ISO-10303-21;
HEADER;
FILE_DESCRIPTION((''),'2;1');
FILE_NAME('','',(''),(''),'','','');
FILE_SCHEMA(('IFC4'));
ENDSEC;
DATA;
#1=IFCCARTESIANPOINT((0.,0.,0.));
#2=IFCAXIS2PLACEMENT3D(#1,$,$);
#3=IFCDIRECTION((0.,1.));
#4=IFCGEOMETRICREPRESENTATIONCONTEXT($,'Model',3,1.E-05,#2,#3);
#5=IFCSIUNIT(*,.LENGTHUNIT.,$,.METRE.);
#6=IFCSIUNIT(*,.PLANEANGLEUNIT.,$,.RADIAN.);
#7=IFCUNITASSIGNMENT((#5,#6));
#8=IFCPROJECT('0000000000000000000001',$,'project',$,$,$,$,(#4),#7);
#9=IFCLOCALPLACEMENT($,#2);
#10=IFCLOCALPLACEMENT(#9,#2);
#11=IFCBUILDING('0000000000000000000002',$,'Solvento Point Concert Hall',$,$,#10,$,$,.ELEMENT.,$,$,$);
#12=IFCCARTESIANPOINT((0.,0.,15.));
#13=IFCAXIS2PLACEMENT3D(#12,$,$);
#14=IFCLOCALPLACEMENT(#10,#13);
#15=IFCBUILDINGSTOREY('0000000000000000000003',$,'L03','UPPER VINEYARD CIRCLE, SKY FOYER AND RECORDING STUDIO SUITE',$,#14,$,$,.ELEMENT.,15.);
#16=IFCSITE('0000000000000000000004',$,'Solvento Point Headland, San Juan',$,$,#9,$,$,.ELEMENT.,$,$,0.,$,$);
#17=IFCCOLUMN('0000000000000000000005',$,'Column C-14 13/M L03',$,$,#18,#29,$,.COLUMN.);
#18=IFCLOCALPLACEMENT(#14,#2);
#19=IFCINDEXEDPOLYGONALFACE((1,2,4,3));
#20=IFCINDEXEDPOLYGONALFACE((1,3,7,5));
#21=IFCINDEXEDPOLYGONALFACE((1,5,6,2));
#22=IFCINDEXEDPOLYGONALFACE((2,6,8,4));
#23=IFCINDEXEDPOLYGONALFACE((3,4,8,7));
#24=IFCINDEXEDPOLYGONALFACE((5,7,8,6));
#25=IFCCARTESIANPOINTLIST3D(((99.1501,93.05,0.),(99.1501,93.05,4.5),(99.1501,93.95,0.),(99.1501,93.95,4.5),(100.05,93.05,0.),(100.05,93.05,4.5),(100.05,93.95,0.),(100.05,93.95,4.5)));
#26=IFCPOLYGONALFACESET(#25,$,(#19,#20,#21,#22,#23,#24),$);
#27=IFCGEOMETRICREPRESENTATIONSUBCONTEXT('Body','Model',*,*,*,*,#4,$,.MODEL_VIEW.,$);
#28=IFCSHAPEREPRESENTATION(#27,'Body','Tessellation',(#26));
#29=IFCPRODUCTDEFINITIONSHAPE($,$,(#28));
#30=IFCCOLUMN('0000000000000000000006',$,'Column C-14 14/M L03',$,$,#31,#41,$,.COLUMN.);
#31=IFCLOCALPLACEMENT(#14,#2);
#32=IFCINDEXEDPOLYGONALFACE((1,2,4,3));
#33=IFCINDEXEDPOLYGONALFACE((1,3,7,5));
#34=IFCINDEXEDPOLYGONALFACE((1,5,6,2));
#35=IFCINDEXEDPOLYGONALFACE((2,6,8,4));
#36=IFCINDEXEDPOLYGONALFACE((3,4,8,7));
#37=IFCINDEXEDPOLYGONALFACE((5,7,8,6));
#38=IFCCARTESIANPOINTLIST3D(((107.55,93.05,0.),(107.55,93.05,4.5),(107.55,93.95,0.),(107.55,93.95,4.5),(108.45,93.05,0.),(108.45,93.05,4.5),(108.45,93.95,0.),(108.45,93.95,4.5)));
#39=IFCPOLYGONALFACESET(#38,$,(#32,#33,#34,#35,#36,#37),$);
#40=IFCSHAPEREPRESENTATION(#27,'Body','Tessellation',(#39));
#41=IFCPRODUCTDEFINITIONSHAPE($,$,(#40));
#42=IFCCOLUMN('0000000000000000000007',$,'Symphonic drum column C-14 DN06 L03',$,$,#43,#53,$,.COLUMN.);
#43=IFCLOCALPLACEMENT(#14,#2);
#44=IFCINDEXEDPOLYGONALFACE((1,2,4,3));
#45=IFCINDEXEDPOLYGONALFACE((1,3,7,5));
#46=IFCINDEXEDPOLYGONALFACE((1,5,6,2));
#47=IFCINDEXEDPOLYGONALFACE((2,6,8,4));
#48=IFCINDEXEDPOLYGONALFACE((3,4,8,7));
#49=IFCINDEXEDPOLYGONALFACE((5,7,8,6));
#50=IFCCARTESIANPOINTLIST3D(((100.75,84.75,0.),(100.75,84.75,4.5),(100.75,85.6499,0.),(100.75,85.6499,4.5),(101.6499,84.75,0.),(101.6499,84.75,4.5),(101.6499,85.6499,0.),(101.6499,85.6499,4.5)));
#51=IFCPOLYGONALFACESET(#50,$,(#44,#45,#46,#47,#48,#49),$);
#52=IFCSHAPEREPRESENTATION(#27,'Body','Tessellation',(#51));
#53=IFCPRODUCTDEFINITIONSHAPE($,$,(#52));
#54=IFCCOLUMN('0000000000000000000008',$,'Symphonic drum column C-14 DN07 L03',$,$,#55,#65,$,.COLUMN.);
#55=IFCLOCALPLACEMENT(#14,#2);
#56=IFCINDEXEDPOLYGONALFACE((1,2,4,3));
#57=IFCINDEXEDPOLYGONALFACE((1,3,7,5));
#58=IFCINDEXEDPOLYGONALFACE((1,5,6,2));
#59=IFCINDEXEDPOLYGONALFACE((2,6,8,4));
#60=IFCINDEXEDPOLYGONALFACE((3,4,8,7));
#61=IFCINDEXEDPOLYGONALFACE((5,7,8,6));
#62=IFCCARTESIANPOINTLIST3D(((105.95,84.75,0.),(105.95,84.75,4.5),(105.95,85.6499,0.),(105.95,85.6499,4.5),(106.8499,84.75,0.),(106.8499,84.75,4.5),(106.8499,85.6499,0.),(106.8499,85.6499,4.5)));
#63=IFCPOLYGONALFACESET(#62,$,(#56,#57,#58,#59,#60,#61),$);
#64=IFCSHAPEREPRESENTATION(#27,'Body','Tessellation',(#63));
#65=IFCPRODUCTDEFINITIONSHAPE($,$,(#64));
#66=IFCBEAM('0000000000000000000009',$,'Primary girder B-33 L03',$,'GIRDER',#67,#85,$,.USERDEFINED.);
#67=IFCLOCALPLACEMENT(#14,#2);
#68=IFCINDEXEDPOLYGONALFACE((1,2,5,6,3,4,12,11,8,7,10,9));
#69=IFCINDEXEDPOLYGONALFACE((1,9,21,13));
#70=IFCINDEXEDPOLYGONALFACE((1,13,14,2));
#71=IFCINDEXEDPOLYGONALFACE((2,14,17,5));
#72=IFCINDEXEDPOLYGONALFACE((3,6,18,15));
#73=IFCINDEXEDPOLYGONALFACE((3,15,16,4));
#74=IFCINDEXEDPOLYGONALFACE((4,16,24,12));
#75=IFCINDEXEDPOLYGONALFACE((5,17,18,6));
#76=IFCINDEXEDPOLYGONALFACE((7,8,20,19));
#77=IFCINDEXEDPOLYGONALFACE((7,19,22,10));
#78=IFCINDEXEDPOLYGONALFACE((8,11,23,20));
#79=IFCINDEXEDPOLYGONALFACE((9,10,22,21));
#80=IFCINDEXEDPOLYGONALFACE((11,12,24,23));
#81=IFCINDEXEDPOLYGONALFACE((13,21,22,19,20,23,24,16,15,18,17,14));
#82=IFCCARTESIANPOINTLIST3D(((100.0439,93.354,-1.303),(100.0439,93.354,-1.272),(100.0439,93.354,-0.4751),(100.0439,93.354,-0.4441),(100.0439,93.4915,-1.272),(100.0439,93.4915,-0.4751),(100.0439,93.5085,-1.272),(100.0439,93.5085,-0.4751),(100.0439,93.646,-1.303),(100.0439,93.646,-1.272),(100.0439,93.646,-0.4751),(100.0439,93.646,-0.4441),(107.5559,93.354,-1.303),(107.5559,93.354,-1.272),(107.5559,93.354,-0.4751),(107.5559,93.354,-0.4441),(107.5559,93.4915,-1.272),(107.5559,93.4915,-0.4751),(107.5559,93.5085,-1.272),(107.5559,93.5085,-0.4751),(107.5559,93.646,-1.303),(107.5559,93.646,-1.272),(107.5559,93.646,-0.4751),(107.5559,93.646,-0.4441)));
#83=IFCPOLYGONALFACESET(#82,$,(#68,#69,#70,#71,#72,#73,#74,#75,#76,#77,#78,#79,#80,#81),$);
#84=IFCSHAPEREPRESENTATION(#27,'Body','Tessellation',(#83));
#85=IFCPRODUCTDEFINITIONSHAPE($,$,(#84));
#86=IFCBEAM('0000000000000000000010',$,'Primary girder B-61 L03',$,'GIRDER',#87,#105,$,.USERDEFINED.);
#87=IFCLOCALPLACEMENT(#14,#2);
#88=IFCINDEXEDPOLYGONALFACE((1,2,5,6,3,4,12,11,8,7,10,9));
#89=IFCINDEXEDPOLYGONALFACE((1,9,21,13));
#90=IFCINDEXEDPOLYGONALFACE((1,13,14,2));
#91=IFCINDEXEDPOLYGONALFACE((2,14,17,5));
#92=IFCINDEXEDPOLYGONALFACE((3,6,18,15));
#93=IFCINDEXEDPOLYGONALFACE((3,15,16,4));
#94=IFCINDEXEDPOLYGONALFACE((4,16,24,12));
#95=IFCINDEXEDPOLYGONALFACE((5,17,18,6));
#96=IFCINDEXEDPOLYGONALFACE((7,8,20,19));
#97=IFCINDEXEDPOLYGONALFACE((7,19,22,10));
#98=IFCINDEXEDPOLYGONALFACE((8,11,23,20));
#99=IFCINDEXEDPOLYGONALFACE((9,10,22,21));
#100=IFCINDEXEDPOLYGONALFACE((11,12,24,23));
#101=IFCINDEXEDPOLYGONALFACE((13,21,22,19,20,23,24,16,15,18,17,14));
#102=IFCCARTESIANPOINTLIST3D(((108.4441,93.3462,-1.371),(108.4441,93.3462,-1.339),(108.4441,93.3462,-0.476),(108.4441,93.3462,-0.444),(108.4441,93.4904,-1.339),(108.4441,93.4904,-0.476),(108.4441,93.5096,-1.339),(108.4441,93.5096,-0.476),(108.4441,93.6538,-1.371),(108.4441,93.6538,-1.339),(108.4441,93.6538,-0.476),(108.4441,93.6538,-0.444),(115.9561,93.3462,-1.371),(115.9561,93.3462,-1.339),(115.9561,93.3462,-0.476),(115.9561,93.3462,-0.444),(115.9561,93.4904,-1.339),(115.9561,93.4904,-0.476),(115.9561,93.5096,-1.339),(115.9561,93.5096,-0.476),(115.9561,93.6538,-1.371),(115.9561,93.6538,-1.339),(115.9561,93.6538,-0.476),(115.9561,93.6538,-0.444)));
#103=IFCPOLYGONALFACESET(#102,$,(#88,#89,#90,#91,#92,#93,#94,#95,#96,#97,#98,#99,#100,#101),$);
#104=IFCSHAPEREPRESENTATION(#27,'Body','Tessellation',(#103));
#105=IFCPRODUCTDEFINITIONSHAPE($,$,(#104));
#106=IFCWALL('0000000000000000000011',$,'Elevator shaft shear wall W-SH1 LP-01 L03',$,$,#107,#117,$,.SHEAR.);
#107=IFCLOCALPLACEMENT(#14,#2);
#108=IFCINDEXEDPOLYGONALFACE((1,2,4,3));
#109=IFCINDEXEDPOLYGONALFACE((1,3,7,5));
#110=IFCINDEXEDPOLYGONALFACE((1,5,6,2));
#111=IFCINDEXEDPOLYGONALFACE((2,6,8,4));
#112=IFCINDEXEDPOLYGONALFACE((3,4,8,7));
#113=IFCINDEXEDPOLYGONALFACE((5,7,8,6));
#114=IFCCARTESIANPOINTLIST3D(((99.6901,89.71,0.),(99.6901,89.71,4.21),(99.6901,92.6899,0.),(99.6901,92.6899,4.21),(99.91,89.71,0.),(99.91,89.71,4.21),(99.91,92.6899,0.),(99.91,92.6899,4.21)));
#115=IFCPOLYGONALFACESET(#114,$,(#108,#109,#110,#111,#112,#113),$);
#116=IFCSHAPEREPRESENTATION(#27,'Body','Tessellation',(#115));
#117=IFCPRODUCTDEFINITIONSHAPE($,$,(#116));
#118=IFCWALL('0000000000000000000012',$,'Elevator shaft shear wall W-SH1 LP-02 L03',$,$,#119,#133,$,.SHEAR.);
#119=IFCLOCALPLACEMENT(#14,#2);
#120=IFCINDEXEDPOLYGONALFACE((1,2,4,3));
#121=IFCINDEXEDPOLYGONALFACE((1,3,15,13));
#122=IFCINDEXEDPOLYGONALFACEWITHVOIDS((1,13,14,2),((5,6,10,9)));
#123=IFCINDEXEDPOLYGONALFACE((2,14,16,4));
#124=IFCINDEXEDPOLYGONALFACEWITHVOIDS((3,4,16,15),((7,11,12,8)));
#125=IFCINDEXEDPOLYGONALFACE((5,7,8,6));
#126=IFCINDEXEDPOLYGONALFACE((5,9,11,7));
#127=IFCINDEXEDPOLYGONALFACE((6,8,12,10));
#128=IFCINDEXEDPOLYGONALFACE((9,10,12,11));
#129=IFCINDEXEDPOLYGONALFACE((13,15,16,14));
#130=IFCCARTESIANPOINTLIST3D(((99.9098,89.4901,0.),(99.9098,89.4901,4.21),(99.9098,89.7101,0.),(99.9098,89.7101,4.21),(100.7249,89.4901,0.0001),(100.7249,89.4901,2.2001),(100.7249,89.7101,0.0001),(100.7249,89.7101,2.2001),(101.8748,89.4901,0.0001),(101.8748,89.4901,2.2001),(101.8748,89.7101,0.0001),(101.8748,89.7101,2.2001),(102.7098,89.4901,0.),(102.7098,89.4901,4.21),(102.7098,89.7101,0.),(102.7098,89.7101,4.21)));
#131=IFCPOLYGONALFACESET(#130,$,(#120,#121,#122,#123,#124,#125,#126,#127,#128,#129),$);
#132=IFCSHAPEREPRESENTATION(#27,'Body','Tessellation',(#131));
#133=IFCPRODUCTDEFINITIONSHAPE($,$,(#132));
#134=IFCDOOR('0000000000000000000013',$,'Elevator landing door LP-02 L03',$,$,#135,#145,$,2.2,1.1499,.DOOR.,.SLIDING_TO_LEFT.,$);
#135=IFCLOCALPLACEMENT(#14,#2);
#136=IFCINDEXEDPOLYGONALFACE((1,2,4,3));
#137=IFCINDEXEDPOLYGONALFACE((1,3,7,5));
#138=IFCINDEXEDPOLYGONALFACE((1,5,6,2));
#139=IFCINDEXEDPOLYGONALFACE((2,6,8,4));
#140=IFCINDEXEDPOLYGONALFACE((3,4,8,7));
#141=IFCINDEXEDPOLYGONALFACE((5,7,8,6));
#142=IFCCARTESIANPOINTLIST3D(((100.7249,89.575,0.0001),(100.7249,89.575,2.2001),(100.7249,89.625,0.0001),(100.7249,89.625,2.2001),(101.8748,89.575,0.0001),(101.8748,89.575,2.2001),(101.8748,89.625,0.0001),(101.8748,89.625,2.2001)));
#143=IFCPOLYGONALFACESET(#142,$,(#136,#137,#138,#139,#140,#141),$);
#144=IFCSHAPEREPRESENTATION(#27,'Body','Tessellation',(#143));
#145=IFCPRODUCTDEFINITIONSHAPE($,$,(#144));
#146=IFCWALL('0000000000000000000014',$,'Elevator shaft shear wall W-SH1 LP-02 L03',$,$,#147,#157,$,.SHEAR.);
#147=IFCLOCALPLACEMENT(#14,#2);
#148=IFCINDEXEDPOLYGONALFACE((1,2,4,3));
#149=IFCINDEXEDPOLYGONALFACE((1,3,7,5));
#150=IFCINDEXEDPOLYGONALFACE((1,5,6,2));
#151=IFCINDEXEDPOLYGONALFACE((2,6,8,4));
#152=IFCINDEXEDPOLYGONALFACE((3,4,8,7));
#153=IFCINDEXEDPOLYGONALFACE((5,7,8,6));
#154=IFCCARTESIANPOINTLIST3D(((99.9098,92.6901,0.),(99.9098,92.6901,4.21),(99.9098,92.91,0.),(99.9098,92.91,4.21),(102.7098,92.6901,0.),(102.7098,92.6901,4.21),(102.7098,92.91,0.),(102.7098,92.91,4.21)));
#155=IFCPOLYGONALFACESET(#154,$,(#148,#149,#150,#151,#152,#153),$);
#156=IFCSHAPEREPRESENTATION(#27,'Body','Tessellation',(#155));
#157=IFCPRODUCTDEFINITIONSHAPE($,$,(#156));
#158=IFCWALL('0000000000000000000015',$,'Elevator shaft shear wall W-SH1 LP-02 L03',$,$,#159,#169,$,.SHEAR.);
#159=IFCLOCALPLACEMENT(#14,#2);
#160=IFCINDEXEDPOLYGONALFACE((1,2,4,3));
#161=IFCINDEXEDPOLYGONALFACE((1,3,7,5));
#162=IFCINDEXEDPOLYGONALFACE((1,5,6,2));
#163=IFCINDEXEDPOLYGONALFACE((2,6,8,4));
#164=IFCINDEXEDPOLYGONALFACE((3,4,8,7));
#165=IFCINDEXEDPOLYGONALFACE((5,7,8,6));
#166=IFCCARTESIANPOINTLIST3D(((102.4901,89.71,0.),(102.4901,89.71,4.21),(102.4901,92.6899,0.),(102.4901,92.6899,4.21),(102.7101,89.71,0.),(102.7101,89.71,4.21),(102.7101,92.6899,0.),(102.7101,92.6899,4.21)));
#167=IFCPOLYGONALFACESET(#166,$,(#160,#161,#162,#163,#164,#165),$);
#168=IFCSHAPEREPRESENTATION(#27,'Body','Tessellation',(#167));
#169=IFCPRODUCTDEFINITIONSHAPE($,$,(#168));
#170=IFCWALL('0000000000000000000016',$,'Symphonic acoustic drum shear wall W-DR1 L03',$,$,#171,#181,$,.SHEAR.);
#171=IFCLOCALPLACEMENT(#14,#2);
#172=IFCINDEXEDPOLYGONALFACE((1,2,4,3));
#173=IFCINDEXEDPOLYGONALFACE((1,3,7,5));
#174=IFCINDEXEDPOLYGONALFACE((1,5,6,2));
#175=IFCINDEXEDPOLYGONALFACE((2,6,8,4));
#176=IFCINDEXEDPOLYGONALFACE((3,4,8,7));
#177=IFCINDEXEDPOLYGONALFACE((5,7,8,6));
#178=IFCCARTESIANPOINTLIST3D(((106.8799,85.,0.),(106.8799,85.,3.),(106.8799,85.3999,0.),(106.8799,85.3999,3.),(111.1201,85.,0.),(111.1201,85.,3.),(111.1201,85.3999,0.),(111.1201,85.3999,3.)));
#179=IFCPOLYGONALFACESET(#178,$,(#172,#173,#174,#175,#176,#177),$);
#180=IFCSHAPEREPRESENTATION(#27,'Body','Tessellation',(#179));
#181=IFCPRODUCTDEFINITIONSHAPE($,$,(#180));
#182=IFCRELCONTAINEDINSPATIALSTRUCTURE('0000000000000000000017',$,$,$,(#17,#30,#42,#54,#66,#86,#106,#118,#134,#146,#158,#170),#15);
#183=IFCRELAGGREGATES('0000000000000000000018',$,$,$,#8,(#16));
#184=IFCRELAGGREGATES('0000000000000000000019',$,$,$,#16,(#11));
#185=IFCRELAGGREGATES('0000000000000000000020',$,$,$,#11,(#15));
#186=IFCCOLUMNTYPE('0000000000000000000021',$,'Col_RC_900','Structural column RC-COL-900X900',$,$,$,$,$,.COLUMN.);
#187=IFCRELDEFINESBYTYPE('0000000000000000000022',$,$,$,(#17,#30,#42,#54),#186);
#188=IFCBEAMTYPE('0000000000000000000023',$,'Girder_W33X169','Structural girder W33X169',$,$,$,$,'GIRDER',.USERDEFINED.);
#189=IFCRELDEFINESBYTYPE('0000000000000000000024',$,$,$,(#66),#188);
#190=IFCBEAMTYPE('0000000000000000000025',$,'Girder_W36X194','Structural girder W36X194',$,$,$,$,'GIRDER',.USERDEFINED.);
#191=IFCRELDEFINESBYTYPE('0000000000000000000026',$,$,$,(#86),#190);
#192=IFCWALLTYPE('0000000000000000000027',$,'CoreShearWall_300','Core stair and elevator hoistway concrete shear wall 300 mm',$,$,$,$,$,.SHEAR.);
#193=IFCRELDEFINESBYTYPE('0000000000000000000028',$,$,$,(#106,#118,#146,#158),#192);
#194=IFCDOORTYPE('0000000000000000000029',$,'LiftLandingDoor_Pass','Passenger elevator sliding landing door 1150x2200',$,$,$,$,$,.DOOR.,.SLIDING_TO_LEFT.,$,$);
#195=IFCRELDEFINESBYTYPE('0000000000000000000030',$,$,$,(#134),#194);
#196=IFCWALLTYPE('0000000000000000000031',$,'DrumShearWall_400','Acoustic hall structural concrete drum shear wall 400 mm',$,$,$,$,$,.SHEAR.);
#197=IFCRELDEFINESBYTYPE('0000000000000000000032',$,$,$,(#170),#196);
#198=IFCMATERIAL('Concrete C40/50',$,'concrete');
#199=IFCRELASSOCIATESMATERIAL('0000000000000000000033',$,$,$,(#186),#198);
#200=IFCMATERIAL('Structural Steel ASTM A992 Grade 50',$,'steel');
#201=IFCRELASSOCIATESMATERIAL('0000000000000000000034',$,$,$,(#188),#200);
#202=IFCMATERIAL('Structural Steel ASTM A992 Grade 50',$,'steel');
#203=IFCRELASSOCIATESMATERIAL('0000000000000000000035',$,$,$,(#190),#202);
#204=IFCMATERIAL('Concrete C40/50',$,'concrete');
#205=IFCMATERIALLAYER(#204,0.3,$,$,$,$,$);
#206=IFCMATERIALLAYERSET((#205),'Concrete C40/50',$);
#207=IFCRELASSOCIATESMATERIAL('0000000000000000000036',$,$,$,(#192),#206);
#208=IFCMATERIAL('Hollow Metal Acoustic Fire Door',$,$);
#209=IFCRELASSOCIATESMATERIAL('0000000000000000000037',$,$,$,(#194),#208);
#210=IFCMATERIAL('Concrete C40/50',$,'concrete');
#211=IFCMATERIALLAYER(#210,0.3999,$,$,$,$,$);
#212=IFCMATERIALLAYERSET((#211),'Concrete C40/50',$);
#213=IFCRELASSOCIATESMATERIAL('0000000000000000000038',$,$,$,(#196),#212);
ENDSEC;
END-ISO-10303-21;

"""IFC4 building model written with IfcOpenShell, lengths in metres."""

from ifc_helpers import new_model, si_unit, direction, frame, frame_2d, origin, origin_2d, place, context, subcontext, project, spatial, rectangle, i_section, extrude, material, layer, layer_set, material_profile, profile_set, type_object, element, fill, save


model = new_model("IFC4")

# Units and contexts
model_context = context("Model", 3, precision=1e-05, world=origin(), true_north=direction((0.0, 1.0)))
body_context = subcontext(model_context, "Body", "Model", "MODEL_VIEW")
ifc_project = project(units=[si_unit("LENGTHUNIT", "METRE"), si_unit("PLANEANGLEUNIT", "RADIAN")], contexts=[model_context])

# Site, building, storey
site_placement = place(None, origin())
site = spatial("IfcSite", under=ifc_project, at=site_placement, Name="Solvento Point Headland, San Juan", CompositionType="ELEMENT", RefElevation=0.0)
building_placement = place(site_placement, origin())
building = spatial("IfcBuilding", under=site, at=building_placement, Name="Solvento Point Concert Hall", CompositionType="ELEMENT")
storey_placement = place(building_placement, frame((0.0, 0.0, 15.0)))
storey = spatial("IfcBuildingStorey", under=building, at=storey_placement, Name="L03", Description="UPPER VINEYARD CIRCLE, SKY FOYER AND RECORDING STUDIO SUITE", CompositionType="ELEMENT", Elevation=15.0)

# Columns
ifc_material_1 = material(Name="Concrete C40/50", Category="concrete")
ifc_material_profile_1 = material_profile(ifc_material_1, rectangle(XDim=0.8999, YDim=0.8999, at=origin_2d()), Name="RC-COL-900X900")
ifc_profile_set_1 = profile_set([ifc_material_profile_1], Name="Concrete C40/50")
column_type = type_object("IfcColumnType", Name="Col_RC_900", Description="Structural column RC-COL-900X900", PredefinedType="COLUMN", material=ifc_profile_set_1)
for number, where, z_axis, x_axis, name in (
    (1, (99.6001, 93.5, 0.0), (0.0, 0.0, 1.0), (1.0, 0.0, 0.0), "Column C-14 13/M L03"),
    (2, (108.0, 93.5, 0.0), (0.0, 0.0, 1.0), (1.0, 0.0, 0.0), "Column C-14 14/M L03"),
    (3, (101.2, 85.2, 0.0), (0.0, 0.0, 1.0), (1.0, 0.0, 0.0), "Symphonic drum column C-14 DN06 L03"),
    (4, (106.3999, 85.2, 0.0), (0.0, 0.0, 1.0), (1.0, 0.0, 0.0), "Symphonic drum column C-14 DN07 L03"),
):
    element("IfcColumn", number, at=place(storey_placement, frame(where, z_axis=z_axis, x_axis=x_axis)), inside=storey, type_object=column_type, Name=name, PredefinedType="COLUMN", context=body_context, shape_type="SweptSolid", body=[
        extrude(rectangle(XDim=0.8999, YDim=0.8999, at=origin_2d()), origin(), (0.0, 0.0, 1.0), 4.5),
    ])

# Beams
ifc_material_2 = material(Name="Structural Steel ASTM A992 Grade 50", Category="steel")
ifc_material_profile_2 = material_profile(ifc_material_2, i_section(OverallWidth=0.292, OverallDepth=0.8589, WebThickness=0.0171, FlangeThickness=0.031, at=origin_2d()), Name="W33X169")
ifc_profile_set_2 = profile_set([ifc_material_profile_2], Name="Structural Steel ASTM A992 Grade 50")
beam_type_1 = type_object("IfcBeamType", Name="Girder_W33X169", Description="Structural girder W33X169", ElementType="GIRDER", PredefinedType="USERDEFINED", material=ifc_profile_set_2)
beam_1_placement = place(storey_placement, frame((100.0439, 93.5, -0.8735), z_axis=(1.0, 0.0, 0.0), x_axis=(0.0, 1.0, 0.0)))
element("IfcBeam", 5, at=beam_1_placement, inside=storey, type_object=beam_type_1, Name="Primary girder B-33 L03", ObjectType="GIRDER", PredefinedType="USERDEFINED", context=body_context, shape_type="SweptSolid", body=[
    extrude(i_section(OverallWidth=0.292, OverallDepth=0.8589, WebThickness=0.0171, FlangeThickness=0.031, at=origin_2d()), origin(), (0.0, 0.0, 1.0), 7.512),
])
ifc_material_3 = material(Name="Structural Steel ASTM A992 Grade 50", Category="steel")
ifc_material_profile_3 = material_profile(ifc_material_3, i_section(OverallWidth=0.3076, OverallDepth=0.927, WebThickness=0.0193, FlangeThickness=0.032, at=origin_2d()), Name="W36X194")
ifc_profile_set_3 = profile_set([ifc_material_profile_3], Name="Structural Steel ASTM A992 Grade 50")
beam_type_2 = type_object("IfcBeamType", Name="Girder_W36X194", Description="Structural girder W36X194", ElementType="GIRDER", PredefinedType="USERDEFINED", material=ifc_profile_set_3)
beam_2_placement = place(storey_placement, frame((108.4441, 93.5, -0.9075), z_axis=(1.0, 0.0, 0.0), x_axis=(0.0, 1.0, 0.0)))
element("IfcBeam", 6, at=beam_2_placement, inside=storey, type_object=beam_type_2, Name="Primary girder B-61 L03", ObjectType="GIRDER", PredefinedType="USERDEFINED", context=body_context, shape_type="SweptSolid", body=[
    extrude(i_section(OverallWidth=0.3076, OverallDepth=0.927, WebThickness=0.0193, FlangeThickness=0.032, at=origin_2d()), origin(), (0.0, 0.0, 1.0), 7.512),
])

# Wall
ifc_material_4 = material(Name="Concrete C40/50", Category="concrete")
ifc_layer_1 = layer(ifc_material_4, 0.3)
ifc_layer_set_1 = layer_set([ifc_layer_1], Name="Concrete C40/50")
wall_type_1 = type_object("IfcWallType", Name="CoreShearWall_300", Description="Core stair and elevator hoistway concrete shear wall 300 mm", PredefinedType="SHEAR", material=ifc_layer_set_1)
wall_1_placement = place(storey_placement, frame((99.8, 89.71, 0.0), z_axis=(0.0, 0.0, 1.0), x_axis=(0.0, 1.0, 0.0)))
element("IfcWall", 7, at=wall_1_placement, inside=storey, type_object=wall_type_1, Name="Elevator shaft shear wall W-SH1 LP-01 L03", PredefinedType="SHEAR", context=body_context, shape_type="SweptSolid", body=[
    extrude(rectangle(XDim=2.98, YDim=0.22, at=frame_2d((1.49, 0.0))), origin(), (0.0, 0.0, 1.0), 4.21),
])

# Wall, opening, door
wall_2_placement = place(storey_placement, frame((99.9099, 89.6001, 0.0), z_axis=(0.0, 0.0, 1.0), x_axis=(1.0, 0.0, 0.0)))
wall_2 = element("IfcWall", 8, at=wall_2_placement, inside=storey, type_object=wall_type_1, Name="Elevator shaft shear wall W-SH1 LP-02 L03", PredefinedType="SHEAR", context=body_context, shape_type="SweptSolid", body=[
    extrude(rectangle(XDim=2.8, YDim=0.22, at=frame_2d((1.3999, 0.0))), origin(), (0.0, 0.0, 1.0), 4.21),
])
opening_1_placement = place(wall_2_placement, frame((0.8149, 0.0, 0.0)))
opening_1 = element("IfcOpeningElement", 9, at=opening_1_placement, cuts=wall_2, PredefinedType="OPENING", context=body_context, shape_type="SweptSolid", body=[
    extrude(rectangle(XDim=1.1499, YDim=2.2, at=frame_2d((0.575, 1.1001))), frame((0.0, 0.1199, 0.0), z_axis=(0.0, -1.0, 0.0), x_axis=(1.0, 0.0, 0.0)), (0.0, 0.0, 1.0), 0.24),
])
ifc_material_5 = material(Name="Hollow Metal Acoustic Fire Door")
door_type = type_object("IfcDoorType", Name="LiftLandingDoor_Pass", Description="Passenger elevator sliding landing door 1150x2200", OperationType="SLIDING_TO_LEFT", PredefinedType="DOOR", material=ifc_material_5)
door_placement = place(opening_1_placement, origin())
door = element("IfcDoor", 10, at=door_placement, inside=storey, type_object=door_type, Name="Elevator landing door LP-02 L03", OperationType="SLIDING_TO_LEFT", OverallHeight=2.2, OverallWidth=1.1499, PredefinedType="DOOR", context=body_context, shape_type="SweptSolid", body=[
    extrude(rectangle(XDim=1.1499, YDim=2.2, at=frame_2d((0.575, 1.1001))), frame((0.0, 0.0249, 0.0), z_axis=(0.0, -1.0, 0.0), x_axis=(1.0, 0.0, 0.0)), (0.0, 0.0, 1.0), 0.05),
])
fill(opening_1, door)

# Walls
wall_3_placement = place(storey_placement, frame((99.9099, 92.8, 0.0), z_axis=(0.0, 0.0, 1.0), x_axis=(1.0, 0.0, 0.0)))
element("IfcWall", 11, at=wall_3_placement, inside=storey, type_object=wall_type_1, Name="Elevator shaft shear wall W-SH1 LP-02 L03", PredefinedType="SHEAR", context=body_context, shape_type="SweptSolid", body=[
    extrude(rectangle(XDim=2.8, YDim=0.22, at=frame_2d((1.3999, 0.0))), origin(), (0.0, 0.0, 1.0), 4.21),
])
wall_4_placement = place(storey_placement, frame((102.6001, 89.71, 0.0), z_axis=(0.0, 0.0, 1.0), x_axis=(0.0, 1.0, 0.0)))
element("IfcWall", 12, at=wall_4_placement, inside=storey, type_object=wall_type_1, Name="Elevator shaft shear wall W-SH1 LP-02 L03", PredefinedType="SHEAR", context=body_context, shape_type="SweptSolid", body=[
    extrude(rectangle(XDim=2.98, YDim=0.22, at=frame_2d((1.49, 0.0))), origin(), (0.0, 0.0, 1.0), 4.21),
])
ifc_material_6 = material(Name="Concrete C40/50", Category="concrete")
ifc_layer_2 = layer(ifc_material_6, 0.3999)
ifc_layer_set_2 = layer_set([ifc_layer_2], Name="Concrete C40/50")
wall_type_2 = type_object("IfcWallType", Name="DrumShearWall_400", Description="Acoustic hall structural concrete drum shear wall 400 mm", PredefinedType="SHEAR", material=ifc_layer_set_2)
wall_5_placement = place(storey_placement, frame((106.8799, 85.2, 0.0), z_axis=(0.0, 0.0, 1.0), x_axis=(1.0, 0.0, 0.0)))
element("IfcWall", 13, at=wall_5_placement, inside=storey, type_object=wall_type_2, Name="Symphonic acoustic drum shear wall W-DR1 L03", PredefinedType="SHEAR", context=body_context, shape_type="SweptSolid", body=[
    extrude(rectangle(XDim=4.2402, YDim=0.3999, at=frame_2d((2.1201, 0.0))), origin(), (0.0, 0.0, 1.0), 3.0),
])

save(model, "model.ifc")
